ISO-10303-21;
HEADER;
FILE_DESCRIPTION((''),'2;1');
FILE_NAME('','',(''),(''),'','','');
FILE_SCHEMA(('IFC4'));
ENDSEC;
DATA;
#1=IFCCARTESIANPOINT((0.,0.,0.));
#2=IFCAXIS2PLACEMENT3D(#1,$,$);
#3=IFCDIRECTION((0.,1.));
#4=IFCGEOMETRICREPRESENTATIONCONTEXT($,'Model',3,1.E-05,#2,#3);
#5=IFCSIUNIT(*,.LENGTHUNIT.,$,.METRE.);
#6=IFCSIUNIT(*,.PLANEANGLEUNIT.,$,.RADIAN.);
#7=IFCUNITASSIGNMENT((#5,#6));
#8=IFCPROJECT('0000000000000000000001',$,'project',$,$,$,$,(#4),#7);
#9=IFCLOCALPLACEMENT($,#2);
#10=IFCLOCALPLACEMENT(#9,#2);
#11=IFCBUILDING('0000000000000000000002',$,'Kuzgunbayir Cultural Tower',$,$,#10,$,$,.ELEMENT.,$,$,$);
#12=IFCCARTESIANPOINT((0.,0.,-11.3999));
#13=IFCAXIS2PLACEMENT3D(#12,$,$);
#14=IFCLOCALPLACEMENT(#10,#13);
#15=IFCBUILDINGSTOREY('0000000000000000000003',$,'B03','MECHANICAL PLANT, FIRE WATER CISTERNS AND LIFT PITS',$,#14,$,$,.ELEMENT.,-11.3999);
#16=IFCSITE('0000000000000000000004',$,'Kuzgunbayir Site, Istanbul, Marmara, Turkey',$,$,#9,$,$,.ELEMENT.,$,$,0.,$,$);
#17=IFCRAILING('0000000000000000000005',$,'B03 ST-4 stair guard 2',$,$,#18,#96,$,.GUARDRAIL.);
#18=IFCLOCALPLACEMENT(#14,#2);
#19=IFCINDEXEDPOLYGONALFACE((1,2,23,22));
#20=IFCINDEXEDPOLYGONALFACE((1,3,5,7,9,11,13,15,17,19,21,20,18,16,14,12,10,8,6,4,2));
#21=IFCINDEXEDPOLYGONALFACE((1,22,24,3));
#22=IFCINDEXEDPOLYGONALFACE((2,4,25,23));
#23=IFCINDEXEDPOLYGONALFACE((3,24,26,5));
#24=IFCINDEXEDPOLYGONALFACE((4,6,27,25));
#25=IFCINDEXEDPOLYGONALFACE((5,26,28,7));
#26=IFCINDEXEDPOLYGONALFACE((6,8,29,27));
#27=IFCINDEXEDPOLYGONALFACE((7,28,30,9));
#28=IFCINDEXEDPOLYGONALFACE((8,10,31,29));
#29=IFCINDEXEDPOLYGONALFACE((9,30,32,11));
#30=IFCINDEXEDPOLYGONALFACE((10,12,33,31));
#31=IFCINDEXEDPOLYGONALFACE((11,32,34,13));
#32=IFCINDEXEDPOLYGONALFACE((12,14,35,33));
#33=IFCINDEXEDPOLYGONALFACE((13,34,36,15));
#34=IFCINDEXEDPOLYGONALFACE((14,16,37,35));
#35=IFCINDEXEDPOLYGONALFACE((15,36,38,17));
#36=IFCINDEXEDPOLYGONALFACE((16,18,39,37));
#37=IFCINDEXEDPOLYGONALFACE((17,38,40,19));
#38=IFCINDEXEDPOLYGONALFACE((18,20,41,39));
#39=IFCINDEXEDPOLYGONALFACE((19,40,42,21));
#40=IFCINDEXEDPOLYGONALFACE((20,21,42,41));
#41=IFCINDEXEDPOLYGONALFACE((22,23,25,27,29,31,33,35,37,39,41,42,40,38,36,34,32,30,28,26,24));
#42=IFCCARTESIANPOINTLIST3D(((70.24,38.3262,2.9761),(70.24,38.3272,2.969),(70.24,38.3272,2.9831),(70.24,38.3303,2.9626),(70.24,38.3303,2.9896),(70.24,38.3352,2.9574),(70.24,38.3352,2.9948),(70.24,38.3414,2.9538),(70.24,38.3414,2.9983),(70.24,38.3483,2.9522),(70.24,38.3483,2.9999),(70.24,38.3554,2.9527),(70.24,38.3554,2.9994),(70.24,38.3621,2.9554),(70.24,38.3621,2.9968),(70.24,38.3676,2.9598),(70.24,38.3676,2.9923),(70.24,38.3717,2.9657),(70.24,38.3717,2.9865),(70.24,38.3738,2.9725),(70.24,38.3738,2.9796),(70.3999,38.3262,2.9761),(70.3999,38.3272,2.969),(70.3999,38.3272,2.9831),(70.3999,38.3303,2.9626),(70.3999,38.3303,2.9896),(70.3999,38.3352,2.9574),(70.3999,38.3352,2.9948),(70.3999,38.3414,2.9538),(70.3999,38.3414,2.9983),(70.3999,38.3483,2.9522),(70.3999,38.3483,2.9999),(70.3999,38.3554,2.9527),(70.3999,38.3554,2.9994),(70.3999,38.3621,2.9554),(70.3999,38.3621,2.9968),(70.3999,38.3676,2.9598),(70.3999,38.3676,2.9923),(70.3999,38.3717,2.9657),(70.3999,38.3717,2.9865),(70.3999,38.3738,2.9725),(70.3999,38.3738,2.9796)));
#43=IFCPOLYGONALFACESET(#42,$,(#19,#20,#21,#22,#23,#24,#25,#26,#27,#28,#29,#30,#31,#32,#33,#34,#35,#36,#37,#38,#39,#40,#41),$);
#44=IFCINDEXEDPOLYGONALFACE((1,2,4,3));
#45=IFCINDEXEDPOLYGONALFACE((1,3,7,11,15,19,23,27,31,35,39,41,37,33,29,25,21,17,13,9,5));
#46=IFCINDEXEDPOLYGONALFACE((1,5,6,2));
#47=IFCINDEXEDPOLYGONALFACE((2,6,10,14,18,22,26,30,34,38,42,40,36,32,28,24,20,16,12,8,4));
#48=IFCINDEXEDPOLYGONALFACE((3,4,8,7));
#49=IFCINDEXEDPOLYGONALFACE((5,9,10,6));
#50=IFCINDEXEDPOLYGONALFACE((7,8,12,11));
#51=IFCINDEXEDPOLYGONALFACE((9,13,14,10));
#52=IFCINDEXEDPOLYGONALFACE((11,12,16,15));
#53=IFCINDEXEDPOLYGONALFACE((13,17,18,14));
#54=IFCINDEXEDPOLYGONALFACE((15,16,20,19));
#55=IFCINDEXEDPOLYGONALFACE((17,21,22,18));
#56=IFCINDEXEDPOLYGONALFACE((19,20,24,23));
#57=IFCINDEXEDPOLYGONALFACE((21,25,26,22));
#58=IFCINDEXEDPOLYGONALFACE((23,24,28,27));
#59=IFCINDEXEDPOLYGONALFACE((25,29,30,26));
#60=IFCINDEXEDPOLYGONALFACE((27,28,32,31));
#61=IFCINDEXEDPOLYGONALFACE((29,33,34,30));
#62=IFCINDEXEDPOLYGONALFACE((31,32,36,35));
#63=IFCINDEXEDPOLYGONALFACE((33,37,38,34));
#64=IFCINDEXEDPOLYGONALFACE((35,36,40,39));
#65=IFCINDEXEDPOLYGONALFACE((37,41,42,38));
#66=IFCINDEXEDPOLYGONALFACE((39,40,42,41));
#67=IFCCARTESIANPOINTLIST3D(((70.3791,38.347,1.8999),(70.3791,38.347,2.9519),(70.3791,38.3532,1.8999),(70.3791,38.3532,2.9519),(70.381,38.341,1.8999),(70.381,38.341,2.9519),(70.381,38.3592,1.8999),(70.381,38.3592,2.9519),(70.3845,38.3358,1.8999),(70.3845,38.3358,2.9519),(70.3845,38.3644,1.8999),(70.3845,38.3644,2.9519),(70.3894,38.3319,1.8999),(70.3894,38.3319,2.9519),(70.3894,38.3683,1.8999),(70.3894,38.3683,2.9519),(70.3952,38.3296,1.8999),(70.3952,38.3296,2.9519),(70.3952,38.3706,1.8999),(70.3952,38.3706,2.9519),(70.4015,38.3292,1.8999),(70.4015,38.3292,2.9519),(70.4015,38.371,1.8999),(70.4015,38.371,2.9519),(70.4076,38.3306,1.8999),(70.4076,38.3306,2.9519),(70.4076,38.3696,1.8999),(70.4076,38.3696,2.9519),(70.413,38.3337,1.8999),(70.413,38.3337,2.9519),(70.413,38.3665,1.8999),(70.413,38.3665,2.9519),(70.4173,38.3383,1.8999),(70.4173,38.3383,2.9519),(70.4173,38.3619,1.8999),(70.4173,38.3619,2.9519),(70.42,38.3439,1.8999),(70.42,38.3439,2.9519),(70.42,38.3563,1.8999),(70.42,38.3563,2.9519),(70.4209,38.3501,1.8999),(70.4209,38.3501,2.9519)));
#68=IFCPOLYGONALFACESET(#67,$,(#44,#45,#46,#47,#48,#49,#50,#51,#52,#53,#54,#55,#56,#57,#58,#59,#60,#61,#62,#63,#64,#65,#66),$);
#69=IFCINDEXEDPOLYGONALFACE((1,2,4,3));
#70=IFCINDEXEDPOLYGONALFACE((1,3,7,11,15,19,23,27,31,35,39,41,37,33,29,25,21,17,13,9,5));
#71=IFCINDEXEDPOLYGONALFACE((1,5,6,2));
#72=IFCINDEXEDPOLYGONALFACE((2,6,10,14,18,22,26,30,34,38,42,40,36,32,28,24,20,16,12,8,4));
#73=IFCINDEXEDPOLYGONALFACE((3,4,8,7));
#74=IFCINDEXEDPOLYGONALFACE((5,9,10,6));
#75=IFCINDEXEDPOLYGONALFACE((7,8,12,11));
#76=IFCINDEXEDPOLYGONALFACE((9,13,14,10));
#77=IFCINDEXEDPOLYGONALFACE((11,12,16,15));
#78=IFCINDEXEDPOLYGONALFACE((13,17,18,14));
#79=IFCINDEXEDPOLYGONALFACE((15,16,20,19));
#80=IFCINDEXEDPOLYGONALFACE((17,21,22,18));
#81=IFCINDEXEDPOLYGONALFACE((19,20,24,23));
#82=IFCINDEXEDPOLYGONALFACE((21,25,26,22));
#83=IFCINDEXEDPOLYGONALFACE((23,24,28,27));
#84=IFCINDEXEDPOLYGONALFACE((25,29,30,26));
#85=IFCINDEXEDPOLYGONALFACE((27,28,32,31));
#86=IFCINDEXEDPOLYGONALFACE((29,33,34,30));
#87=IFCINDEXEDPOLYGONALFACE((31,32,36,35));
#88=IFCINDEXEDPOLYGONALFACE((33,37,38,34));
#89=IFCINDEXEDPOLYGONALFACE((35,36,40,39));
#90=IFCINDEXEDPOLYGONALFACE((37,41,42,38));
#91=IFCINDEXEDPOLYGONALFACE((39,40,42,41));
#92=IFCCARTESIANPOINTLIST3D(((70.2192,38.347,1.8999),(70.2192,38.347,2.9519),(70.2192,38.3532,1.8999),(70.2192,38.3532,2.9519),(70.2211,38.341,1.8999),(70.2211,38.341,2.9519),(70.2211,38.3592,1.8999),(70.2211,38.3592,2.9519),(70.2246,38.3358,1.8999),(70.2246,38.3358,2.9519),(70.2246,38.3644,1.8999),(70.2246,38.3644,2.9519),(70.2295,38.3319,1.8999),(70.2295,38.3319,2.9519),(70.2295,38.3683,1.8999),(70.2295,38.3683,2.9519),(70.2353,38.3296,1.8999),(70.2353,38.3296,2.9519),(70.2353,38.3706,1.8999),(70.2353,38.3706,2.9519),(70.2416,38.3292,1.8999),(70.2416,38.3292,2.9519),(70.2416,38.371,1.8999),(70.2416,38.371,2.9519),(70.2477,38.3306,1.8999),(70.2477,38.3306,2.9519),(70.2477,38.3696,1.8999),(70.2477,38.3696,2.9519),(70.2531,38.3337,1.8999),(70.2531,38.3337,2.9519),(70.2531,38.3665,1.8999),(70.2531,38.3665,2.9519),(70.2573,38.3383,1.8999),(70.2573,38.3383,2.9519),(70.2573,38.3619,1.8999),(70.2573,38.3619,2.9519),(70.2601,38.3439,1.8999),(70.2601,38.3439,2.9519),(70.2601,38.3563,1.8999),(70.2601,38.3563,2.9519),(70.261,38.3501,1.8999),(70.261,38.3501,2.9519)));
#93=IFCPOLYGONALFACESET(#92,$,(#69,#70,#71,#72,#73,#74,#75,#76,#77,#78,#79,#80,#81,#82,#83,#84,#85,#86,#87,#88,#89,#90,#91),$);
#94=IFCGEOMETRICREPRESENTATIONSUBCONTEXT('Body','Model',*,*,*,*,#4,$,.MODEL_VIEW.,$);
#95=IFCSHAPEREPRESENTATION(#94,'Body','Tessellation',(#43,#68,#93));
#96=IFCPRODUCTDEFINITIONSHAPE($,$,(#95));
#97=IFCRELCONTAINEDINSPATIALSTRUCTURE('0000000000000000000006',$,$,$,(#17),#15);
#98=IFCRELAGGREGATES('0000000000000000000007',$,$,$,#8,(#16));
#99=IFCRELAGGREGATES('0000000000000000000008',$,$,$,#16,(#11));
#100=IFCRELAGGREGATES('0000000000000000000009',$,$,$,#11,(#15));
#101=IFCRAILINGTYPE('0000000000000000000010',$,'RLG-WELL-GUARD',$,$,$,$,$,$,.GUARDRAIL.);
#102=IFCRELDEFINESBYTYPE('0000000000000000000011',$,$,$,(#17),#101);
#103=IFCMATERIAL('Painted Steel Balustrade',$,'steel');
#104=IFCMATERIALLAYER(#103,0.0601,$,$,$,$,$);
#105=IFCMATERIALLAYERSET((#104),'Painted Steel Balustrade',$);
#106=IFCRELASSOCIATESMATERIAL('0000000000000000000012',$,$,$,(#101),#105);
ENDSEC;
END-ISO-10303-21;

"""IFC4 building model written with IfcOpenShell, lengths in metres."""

from ifc_helpers import new_model, si_unit, direction, frame, origin, origin_2d, place, context, subcontext, project, spatial, circle, extrude, material, layer, layer_set, type_object, element, save


model = new_model("IFC4")

# Units and contexts
model_context = context("Model", 3, precision=1e-05, world=origin(), true_north=direction((0.0, 1.0)))
body_context = subcontext(model_context, "Body", "Model", "MODEL_VIEW")
ifc_project = project(units=[si_unit("LENGTHUNIT", "METRE"), si_unit("PLANEANGLEUNIT", "RADIAN")], contexts=[model_context])

# Site, building, storey
site_placement = place(None, origin())
site = spatial("IfcSite", under=ifc_project, at=site_placement, Name="Kuzgunbayir Site, Istanbul, Marmara, Turkey", CompositionType="ELEMENT", RefElevation=0.0)
building_placement = place(site_placement, origin())
building = spatial("IfcBuilding", under=site, at=building_placement, Name="Kuzgunbayir Cultural Tower", CompositionType="ELEMENT")
storey_placement = place(building_placement, frame((0.0, 0.0, -11.3999)))
storey = spatial("IfcBuildingStorey", under=building, at=storey_placement, Name="B03", Description="MECHANICAL PLANT, FIRE WATER CISTERNS AND LIFT PITS", CompositionType="ELEMENT", Elevation=-11.3999)

# Railing
ifc_material_1 = material(Name="Painted Steel Balustrade", Category="steel")
ifc_layer_1 = layer(ifc_material_1, 0.0601)
ifc_layer_set_1 = layer_set([ifc_layer_1], Name="Painted Steel Balustrade")
railing_type_1 = type_object("IfcRailingType", Name="RLG-WELL-GUARD", PredefinedType="GUARDRAIL", material=ifc_layer_set_1)
railing_1_placement = place(storey_placement, frame((70.3999, 38.3501, 1.8999)))
element("IfcRailing", 1, at=railing_1_placement, inside=storey, type_object=railing_type_1, Name="B03 ST-4 stair guard 2", PredefinedType="GUARDRAIL", context=body_context, shape_type="SweptSolid", body=[
    extrude(circle(Radius=0.0239, at=origin_2d()), frame((0.0, 0.0, 1.0762), z_axis=(-1.0, 0.0, 0.0), x_axis=(0.0, -1.0, 0.0)), (0.0, 0.0, 1.0), 0.1599),
    extrude(circle(Radius=0.021, at=origin_2d()), origin(), (0.0, 0.0, 1.0), 1.052),
    extrude(circle(Radius=0.021, at=origin_2d()), frame((-0.1599, 0.0, 0.0)), (0.0, 0.0, 1.0), 1.052),
])

save(model, "model.ifc")
